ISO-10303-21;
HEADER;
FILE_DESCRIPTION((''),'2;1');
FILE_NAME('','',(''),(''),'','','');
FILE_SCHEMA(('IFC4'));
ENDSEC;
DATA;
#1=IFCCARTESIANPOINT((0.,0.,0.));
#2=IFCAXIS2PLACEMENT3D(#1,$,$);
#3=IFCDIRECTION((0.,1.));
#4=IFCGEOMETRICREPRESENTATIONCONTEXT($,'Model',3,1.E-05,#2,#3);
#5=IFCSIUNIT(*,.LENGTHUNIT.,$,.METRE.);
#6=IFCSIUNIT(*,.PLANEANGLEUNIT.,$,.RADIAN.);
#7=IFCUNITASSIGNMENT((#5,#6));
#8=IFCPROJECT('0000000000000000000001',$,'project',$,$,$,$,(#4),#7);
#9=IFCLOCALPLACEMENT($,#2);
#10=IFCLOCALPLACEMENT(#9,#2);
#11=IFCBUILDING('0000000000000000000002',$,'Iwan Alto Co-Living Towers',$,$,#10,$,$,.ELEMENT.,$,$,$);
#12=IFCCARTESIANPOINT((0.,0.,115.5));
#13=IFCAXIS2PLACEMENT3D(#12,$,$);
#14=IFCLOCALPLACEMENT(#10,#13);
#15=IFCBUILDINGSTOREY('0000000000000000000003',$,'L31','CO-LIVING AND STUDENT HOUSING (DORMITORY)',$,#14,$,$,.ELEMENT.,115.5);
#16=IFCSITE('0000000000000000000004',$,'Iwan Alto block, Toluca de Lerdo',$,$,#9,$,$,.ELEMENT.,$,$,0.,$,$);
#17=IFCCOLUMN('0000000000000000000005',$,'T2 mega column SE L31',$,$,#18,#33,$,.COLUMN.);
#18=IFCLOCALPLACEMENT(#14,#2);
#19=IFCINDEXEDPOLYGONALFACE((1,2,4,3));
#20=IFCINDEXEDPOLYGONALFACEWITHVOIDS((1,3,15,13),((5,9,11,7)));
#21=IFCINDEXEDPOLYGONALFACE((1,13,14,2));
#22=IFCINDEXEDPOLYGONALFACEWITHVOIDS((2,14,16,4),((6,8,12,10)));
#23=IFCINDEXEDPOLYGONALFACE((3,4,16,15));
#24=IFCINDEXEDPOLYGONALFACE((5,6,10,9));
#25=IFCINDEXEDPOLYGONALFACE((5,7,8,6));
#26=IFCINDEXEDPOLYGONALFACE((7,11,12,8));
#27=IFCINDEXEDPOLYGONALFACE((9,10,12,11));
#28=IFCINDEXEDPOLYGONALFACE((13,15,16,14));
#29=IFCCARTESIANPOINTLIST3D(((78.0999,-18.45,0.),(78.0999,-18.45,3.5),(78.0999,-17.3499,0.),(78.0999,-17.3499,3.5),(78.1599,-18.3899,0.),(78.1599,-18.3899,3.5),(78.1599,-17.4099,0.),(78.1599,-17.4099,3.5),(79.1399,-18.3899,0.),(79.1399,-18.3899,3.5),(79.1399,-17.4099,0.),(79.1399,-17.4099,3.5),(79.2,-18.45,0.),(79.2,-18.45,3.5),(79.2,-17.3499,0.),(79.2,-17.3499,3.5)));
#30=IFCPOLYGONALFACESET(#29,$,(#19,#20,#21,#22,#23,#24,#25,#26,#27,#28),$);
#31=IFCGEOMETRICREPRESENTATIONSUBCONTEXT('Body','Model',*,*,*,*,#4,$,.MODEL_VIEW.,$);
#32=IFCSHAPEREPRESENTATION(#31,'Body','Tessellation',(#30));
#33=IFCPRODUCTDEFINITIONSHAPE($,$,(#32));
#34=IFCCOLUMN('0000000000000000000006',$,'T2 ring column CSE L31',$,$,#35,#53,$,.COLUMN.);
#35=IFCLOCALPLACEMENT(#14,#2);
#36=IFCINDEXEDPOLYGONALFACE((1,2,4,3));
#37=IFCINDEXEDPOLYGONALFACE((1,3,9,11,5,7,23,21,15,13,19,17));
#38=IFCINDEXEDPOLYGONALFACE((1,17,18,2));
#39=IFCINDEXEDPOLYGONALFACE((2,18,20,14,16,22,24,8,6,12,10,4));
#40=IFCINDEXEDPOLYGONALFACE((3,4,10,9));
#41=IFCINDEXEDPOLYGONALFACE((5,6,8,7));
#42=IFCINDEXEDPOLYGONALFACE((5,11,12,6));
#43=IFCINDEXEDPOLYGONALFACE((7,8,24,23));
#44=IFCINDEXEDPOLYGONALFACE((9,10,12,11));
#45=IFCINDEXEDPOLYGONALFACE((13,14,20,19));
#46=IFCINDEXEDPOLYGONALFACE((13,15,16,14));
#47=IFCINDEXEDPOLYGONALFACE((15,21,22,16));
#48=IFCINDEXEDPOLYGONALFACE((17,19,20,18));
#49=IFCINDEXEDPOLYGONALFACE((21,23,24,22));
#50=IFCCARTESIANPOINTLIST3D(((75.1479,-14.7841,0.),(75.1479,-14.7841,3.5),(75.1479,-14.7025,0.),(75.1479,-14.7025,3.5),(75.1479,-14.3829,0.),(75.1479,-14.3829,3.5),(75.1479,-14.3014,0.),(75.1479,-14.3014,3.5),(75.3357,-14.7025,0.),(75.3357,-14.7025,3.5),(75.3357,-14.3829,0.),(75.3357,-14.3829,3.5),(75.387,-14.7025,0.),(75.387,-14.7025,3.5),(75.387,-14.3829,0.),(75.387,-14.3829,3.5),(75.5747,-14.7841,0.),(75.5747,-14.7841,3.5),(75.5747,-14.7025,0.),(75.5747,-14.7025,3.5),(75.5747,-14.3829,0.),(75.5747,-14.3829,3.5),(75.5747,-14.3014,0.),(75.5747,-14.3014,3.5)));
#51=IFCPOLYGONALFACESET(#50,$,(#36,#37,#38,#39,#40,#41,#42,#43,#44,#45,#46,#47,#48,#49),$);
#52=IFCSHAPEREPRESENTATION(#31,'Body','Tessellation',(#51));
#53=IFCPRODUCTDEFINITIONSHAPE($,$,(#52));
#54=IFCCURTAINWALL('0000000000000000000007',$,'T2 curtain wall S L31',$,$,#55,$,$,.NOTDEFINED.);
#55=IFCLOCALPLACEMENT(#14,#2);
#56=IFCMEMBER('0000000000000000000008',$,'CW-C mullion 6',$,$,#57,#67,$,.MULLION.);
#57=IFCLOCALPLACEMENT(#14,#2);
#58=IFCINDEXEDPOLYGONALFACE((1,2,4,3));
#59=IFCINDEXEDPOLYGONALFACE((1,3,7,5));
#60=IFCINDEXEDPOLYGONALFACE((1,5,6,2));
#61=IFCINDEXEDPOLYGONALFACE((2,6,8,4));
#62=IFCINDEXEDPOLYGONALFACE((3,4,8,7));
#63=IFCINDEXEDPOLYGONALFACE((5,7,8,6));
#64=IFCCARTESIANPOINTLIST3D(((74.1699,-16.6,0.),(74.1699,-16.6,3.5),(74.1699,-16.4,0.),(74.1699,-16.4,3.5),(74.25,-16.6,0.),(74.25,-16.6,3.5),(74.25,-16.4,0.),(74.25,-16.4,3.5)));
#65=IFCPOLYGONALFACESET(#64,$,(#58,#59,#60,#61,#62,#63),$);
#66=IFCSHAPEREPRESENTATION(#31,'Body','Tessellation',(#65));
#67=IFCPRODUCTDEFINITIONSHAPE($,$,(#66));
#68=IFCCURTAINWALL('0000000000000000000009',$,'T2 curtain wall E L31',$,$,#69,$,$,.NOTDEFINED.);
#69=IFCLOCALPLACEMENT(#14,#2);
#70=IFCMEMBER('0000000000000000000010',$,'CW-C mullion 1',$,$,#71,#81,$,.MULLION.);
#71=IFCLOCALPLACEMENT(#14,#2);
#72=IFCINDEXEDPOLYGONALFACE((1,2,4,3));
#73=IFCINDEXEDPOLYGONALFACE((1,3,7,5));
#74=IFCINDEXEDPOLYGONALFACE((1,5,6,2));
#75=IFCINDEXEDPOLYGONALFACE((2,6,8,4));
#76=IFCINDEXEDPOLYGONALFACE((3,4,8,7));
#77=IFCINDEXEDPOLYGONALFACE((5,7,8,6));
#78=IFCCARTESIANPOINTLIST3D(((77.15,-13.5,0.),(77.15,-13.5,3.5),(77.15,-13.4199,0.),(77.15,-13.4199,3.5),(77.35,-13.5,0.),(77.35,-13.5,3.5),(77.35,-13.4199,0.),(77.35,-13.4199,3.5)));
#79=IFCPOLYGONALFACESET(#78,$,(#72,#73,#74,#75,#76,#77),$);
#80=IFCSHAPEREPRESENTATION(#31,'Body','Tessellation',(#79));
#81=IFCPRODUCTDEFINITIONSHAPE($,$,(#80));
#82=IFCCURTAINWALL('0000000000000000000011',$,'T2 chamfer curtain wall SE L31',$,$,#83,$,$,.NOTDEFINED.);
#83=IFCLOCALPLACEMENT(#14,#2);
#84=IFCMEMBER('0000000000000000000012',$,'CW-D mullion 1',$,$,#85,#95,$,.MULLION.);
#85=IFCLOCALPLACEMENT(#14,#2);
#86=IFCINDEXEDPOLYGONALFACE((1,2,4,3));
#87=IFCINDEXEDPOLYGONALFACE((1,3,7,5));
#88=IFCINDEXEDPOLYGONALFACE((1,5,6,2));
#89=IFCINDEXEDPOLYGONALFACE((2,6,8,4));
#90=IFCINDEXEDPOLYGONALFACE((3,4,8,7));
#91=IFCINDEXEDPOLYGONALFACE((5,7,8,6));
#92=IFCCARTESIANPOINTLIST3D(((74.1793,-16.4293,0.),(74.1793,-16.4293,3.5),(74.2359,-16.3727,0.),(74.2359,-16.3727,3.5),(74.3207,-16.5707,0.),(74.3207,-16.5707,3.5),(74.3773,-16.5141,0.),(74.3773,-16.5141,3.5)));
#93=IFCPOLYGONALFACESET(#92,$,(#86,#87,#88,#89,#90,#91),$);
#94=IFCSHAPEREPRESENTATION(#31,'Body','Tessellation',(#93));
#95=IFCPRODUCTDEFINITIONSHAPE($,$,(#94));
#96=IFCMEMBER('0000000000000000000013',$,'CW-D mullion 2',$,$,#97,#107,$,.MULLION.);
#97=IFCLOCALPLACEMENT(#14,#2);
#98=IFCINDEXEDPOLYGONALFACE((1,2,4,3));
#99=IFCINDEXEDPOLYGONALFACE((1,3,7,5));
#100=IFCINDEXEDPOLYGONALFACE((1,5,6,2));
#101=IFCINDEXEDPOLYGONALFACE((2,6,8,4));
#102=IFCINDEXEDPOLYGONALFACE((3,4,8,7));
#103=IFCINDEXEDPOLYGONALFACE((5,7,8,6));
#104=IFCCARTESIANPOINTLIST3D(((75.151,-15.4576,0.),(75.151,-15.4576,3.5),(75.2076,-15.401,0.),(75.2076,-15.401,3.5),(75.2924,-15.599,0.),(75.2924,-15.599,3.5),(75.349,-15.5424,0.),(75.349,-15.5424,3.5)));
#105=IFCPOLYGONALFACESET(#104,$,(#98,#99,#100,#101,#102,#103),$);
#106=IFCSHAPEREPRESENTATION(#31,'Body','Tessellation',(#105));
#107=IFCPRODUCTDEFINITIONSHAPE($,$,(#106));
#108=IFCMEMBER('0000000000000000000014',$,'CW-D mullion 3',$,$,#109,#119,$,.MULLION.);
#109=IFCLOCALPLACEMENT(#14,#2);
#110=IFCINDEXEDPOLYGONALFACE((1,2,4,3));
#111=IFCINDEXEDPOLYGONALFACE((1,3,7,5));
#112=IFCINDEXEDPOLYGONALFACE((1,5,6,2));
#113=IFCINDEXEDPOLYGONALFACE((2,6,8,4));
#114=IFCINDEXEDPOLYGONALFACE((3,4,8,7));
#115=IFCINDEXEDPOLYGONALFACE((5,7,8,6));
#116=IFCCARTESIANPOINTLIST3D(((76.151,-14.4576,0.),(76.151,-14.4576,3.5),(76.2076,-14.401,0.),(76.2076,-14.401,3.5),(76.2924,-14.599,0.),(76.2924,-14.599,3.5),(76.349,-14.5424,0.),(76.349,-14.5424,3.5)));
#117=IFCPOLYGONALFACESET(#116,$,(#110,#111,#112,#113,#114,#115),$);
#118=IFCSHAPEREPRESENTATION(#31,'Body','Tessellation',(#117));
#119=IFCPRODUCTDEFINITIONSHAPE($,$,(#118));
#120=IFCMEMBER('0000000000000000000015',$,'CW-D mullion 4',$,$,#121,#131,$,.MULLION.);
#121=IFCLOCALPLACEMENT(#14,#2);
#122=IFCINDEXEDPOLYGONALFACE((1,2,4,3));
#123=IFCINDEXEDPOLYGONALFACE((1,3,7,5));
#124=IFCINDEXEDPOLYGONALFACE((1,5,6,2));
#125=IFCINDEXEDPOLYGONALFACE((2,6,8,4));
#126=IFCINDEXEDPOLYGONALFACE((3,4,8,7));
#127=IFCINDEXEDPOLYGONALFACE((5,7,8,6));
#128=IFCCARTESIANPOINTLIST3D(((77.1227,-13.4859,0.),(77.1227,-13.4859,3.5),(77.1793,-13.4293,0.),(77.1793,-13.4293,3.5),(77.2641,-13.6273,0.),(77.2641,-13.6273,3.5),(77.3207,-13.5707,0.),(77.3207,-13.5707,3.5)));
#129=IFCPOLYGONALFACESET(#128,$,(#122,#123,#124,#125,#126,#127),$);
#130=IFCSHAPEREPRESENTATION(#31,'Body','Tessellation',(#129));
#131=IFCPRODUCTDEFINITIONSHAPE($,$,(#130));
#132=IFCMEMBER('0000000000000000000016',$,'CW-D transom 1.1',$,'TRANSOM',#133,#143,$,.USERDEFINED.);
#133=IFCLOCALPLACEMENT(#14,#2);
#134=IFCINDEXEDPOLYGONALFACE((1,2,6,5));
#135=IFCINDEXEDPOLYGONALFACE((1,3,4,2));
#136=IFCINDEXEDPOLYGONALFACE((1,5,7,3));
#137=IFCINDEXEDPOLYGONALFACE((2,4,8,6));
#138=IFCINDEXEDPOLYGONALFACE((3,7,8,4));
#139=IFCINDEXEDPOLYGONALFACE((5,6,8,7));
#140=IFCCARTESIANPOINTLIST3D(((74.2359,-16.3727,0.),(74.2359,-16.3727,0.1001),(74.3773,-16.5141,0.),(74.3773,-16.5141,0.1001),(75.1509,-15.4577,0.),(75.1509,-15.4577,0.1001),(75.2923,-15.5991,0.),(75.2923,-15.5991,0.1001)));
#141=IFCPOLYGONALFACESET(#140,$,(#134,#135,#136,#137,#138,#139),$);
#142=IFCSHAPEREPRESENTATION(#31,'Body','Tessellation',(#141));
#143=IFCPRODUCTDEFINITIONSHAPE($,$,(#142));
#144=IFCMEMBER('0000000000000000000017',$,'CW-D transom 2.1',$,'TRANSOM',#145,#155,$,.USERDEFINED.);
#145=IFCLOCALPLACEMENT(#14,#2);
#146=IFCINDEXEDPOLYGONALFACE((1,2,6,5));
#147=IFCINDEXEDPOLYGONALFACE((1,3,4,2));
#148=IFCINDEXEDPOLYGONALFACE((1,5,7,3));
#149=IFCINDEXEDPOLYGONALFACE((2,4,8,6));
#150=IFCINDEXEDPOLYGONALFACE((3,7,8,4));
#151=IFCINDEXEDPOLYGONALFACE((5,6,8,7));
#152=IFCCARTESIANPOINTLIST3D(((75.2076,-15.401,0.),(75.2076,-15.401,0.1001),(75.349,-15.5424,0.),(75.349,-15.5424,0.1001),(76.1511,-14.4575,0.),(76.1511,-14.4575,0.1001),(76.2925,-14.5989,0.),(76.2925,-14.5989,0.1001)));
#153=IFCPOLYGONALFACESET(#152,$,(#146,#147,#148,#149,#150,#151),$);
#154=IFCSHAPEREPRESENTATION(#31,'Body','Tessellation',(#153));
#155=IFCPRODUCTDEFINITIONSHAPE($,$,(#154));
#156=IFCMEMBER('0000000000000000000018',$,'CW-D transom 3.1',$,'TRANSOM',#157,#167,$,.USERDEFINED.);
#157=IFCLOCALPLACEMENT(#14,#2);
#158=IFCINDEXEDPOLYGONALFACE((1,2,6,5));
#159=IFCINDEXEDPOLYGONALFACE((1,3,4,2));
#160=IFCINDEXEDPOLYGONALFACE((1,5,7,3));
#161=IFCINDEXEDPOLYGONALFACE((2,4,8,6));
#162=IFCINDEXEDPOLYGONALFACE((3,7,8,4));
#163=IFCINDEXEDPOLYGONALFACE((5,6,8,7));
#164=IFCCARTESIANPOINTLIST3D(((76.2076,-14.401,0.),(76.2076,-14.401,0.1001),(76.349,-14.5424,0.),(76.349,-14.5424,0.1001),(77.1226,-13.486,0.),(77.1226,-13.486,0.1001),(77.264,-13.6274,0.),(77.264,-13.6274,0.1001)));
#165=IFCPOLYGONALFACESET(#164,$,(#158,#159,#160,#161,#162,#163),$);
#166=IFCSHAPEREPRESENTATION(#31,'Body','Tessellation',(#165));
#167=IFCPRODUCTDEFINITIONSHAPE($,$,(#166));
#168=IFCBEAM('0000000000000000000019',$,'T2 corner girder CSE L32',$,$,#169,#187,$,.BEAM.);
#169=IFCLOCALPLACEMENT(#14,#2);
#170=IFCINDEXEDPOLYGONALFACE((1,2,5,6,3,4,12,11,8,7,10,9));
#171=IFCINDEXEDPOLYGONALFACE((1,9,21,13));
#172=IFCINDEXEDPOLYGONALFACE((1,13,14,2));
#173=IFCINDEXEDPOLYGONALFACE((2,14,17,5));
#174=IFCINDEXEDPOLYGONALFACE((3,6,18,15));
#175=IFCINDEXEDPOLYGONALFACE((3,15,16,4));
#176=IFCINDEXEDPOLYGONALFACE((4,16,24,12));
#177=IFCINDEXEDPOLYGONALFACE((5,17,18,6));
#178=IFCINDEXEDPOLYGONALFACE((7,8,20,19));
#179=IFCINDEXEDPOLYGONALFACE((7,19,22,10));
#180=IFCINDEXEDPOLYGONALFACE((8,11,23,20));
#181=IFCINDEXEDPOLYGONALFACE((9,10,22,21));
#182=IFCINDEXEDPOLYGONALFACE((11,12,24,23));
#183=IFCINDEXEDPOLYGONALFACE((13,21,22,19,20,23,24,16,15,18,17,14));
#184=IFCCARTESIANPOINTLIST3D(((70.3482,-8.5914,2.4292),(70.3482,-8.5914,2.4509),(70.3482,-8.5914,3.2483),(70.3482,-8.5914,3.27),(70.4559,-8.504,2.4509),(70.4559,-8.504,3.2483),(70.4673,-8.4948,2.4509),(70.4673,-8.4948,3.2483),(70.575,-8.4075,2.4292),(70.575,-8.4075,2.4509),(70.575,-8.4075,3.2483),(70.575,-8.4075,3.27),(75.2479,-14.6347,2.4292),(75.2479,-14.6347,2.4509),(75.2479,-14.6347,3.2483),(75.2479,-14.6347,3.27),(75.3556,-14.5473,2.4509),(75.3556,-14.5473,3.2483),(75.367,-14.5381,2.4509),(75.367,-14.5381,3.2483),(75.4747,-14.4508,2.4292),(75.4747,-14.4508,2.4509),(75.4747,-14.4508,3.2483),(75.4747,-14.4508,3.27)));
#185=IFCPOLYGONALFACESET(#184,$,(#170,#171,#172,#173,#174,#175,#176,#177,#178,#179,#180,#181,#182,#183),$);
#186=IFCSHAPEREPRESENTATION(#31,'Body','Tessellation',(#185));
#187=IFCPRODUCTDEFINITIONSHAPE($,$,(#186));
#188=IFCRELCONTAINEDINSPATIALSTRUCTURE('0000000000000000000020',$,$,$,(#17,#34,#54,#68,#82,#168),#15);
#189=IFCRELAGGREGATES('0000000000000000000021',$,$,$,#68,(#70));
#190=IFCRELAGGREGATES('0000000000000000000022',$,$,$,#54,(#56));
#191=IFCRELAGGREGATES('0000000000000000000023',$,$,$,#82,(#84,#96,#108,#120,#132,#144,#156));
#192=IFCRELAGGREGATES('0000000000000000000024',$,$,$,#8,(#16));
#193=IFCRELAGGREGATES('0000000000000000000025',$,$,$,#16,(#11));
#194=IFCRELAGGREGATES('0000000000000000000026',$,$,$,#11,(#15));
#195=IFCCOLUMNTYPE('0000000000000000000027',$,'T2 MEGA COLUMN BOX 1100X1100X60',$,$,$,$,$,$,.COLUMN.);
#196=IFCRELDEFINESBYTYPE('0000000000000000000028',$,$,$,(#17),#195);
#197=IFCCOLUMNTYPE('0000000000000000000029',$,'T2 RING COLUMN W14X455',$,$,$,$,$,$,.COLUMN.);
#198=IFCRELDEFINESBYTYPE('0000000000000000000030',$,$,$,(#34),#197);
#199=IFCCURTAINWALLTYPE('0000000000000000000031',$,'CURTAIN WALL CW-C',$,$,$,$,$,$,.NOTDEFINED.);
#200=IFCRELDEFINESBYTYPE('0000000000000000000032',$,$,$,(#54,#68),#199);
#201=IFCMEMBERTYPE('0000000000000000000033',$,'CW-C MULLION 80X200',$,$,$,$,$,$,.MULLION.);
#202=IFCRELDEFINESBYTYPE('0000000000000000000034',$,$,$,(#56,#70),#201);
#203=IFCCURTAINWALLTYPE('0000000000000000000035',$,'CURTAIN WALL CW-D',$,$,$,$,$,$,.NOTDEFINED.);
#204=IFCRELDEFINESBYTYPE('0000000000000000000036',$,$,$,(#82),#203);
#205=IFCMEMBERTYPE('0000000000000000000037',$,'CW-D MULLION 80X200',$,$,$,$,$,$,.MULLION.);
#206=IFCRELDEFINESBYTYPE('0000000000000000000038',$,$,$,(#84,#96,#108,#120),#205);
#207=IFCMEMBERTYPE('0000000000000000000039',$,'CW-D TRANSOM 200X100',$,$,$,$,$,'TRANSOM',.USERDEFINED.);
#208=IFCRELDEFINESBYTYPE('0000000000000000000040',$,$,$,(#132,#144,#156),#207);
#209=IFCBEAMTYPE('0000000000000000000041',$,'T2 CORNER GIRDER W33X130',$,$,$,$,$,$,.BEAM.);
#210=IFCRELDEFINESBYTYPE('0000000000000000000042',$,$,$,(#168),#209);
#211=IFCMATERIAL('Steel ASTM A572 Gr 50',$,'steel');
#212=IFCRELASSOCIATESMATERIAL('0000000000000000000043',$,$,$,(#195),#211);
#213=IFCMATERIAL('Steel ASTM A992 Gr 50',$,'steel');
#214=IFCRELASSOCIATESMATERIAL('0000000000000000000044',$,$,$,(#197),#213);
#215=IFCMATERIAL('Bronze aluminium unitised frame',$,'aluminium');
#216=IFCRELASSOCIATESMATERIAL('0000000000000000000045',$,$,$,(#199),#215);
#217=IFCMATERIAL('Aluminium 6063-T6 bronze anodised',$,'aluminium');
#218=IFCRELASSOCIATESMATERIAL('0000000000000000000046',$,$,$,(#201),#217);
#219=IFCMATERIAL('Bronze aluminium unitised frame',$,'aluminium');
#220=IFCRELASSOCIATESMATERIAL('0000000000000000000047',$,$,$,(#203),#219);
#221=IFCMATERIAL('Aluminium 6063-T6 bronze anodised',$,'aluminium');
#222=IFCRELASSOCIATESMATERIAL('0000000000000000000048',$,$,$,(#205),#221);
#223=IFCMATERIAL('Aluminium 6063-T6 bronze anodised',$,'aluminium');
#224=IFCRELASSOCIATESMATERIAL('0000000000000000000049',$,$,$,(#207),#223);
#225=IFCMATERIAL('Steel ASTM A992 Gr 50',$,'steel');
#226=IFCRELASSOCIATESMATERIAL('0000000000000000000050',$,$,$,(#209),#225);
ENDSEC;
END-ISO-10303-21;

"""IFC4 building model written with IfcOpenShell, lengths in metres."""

from ifc_helpers import new_model, si_unit, direction, frame, origin, origin_2d, place, context, subcontext, project, spatial, rectangle, hollow_rectangle, i_section, extrude, material, material_profile, profile_set, type_object, element, aggregate, save


model = new_model("IFC4")

# Units and contexts
model_context = context("Model", 3, precision=1e-05, world=origin(), true_north=direction((0.0, 1.0)))
body_context = subcontext(model_context, "Body", "Model", "MODEL_VIEW")
ifc_project = project(units=[si_unit("LENGTHUNIT", "METRE"), si_unit("PLANEANGLEUNIT", "RADIAN")], contexts=[model_context])

# Site, building, storey
site_placement = place(None, origin())
site = spatial("IfcSite", under=ifc_project, at=site_placement, Name="Iwan Alto block, Toluca de Lerdo", CompositionType="ELEMENT", RefElevation=0.0)
building_placement = place(site_placement, origin())
building = spatial("IfcBuilding", under=site, at=building_placement, Name="Iwan Alto Co-Living Towers", CompositionType="ELEMENT")
storey_placement = place(building_placement, frame((0.0, 0.0, 115.5)))
storey = spatial("IfcBuildingStorey", under=building, at=storey_placement, Name="L31", Description="CO-LIVING AND STUDENT HOUSING (DORMITORY)", CompositionType="ELEMENT", Elevation=115.5)

# Columns
ifc_material_1 = material(Name="Steel ASTM A572 Gr 50", Category="steel")
ifc_material_profile_1 = material_profile(ifc_material_1, hollow_rectangle(XDim=1.1001, YDim=1.1001, WallThickness=0.0601, at=origin_2d()), Name="BOX 1100X1100X60")
ifc_profile_set_1 = profile_set([ifc_material_profile_1], Name="Steel ASTM A572 Gr 50")
column_type_1 = type_object("IfcColumnType", Name="T2 MEGA COLUMN BOX 1100X1100X60", PredefinedType="COLUMN", material=ifc_profile_set_1)
column_1_placement = place(storey_placement, frame((78.6499, -17.8999, 0.0), z_axis=(0.0, 0.0, 1.0), x_axis=(1.0, 0.0, 0.0)))
element("IfcColumn", 1, at=column_1_placement, inside=storey, type_object=column_type_1, Name="T2 mega column SE L31", PredefinedType="COLUMN", context=body_context, shape_type="SweptSolid", body=[
    extrude(hollow_rectangle(XDim=1.1001, YDim=1.1001, WallThickness=0.0601, at=origin_2d()), origin(), (0.0, 0.0, 1.0), 3.5),
])
ifc_material_2 = material(Name="Steel ASTM A992 Gr 50", Category="steel")
ifc_material_profile_2 = material_profile(ifc_material_2, i_section(OverallWidth=0.4268, OverallDepth=0.4827, WebThickness=0.0513, FlangeThickness=0.0815, at=origin_2d()), Name="W14X455")
ifc_profile_set_2 = profile_set([ifc_material_profile_2], Name="Steel ASTM A992 Gr 50")
column_type_2 = type_object("IfcColumnType", Name="T2 RING COLUMN W14X455", PredefinedType="COLUMN", material=ifc_profile_set_2)
column_2_placement = place(storey_placement, frame((75.3613, -14.5427, 0.0), z_axis=(0.0, 0.0, 1.0), x_axis=(1.0, 0.0, 0.0)))
element("IfcColumn", 2, at=column_2_placement, inside=storey, type_object=column_type_2, Name="T2 ring column CSE L31", PredefinedType="COLUMN", context=body_context, shape_type="SweptSolid", body=[
    extrude(i_section(OverallWidth=0.4268, OverallDepth=0.4827, WebThickness=0.0513, FlangeThickness=0.0815, at=origin_2d()), origin(), (0.0, 0.0, 1.0), 3.5),
])

# Curtain walls, members
ifc_material_3 = material(Name="Bronze aluminium unitised frame", Category="aluminium")
curtain_wall_type_1 = type_object("IfcCurtainWallType", Name="CURTAIN WALL CW-C", PredefinedType="NOTDEFINED", material=ifc_material_3)
curtain_wall_1_placement = place(storey_placement, origin())
curtain_wall_1 = element("IfcCurtainWall", 3, at=curtain_wall_1_placement, inside=storey, type_object=curtain_wall_type_1, Name="T2 curtain wall S L31", PredefinedType="NOTDEFINED")
ifc_material_4 = material(Name="Aluminium 6063-T6 bronze anodised", Category="aluminium")
ifc_material_profile_3 = material_profile(ifc_material_4, rectangle(XDim=0.2, YDim=0.0801, at=origin_2d()), Name="AL 80X200")
ifc_profile_set_3 = profile_set([ifc_material_profile_3], Name="Aluminium 6063-T6 bronze anodised")
member_type_1 = type_object("IfcMemberType", Name="CW-C MULLION 80X200", PredefinedType="MULLION", material=ifc_profile_set_3)
member_1_placement = place(storey_placement, frame((74.21, -16.5, 0.0), z_axis=(0.0, 0.0, 1.0), x_axis=(0.0, 1.0, 0.0)))
member_1 = element("IfcMember", 4, at=member_1_placement, type_object=member_type_1, Name="CW-C mullion 6", PredefinedType="MULLION", context=body_context, shape_type="SweptSolid", body=[
    extrude(rectangle(XDim=0.2, YDim=0.0801, at=origin_2d()), origin(), (0.0, 0.0, 1.0), 3.5),
])
curtain_wall_2_placement = place(storey_placement, origin())
curtain_wall_2 = element("IfcCurtainWall", 5, at=curtain_wall_2_placement, inside=storey, type_object=curtain_wall_type_1, Name="T2 curtain wall E L31", PredefinedType="NOTDEFINED")
member_2_placement = place(storey_placement, frame((77.25, -13.46, 0.0), z_axis=(0.0, 0.0, 1.0), x_axis=(-1.0, 0.0, 0.0)))
member_2 = element("IfcMember", 6, at=member_2_placement, type_object=member_type_1, Name="CW-C mullion 1", PredefinedType="MULLION", context=body_context, shape_type="SweptSolid", body=[
    extrude(rectangle(XDim=0.2, YDim=0.0801, at=origin_2d()), origin(), (0.0, 0.0, 1.0), 3.5),
])
aggregate(curtain_wall_2, [member_2])

# Curtain wall, members
ifc_material_5 = material(Name="Bronze aluminium unitised frame", Category="aluminium")
curtain_wall_type_2 = type_object("IfcCurtainWallType", Name="CURTAIN WALL CW-D", PredefinedType="NOTDEFINED", material=ifc_material_5)
curtain_wall_3_placement = place(storey_placement, origin())
curtain_wall_3 = element("IfcCurtainWall", 7, at=curtain_wall_3_placement, inside=storey, type_object=curtain_wall_type_2, Name="T2 chamfer curtain wall SE L31", PredefinedType="NOTDEFINED")
ifc_material_6 = material(Name="Aluminium 6063-T6 bronze anodised", Category="aluminium")
ifc_material_profile_4 = material_profile(ifc_material_6, rectangle(XDim=0.2, YDim=0.0801, at=origin_2d()), Name="AL 80X200")
ifc_profile_set_4 = profile_set([ifc_material_profile_4], Name="Aluminium 6063-T6 bronze anodised")
member_type_2 = type_object("IfcMemberType", Name="CW-D MULLION 80X200", PredefinedType="MULLION", material=ifc_profile_set_4)
member_3_placement = place(storey_placement, frame((74.2783, -16.4717, 0.0), z_axis=(0.0, 0.0, 1.0), x_axis=(-0.707107, 0.707107, 0.0)))
member_3 = element("IfcMember", 8, at=member_3_placement, type_object=member_type_2, Name="CW-D mullion 1", PredefinedType="MULLION", context=body_context, shape_type="SweptSolid", body=[
    extrude(rectangle(XDim=0.2, YDim=0.0801, at=origin_2d()), origin(), (0.0, 0.0, 1.0), 3.5),
])
member_4_placement = place(storey_placement, frame((75.25, -15.5, 0.0), z_axis=(0.0, 0.0, 1.0), x_axis=(-0.707107, 0.707107, 0.0)))
member_4 = element("IfcMember", 9, at=member_4_placement, type_object=member_type_2, Name="CW-D mullion 2", PredefinedType="MULLION", context=body_context, shape_type="SweptSolid", body=[
    extrude(rectangle(XDim=0.2, YDim=0.0801, at=origin_2d()), origin(), (0.0, 0.0, 1.0), 3.5),
])
member_5_placement = place(storey_placement, frame((76.25, -14.5, 0.0), z_axis=(0.0, 0.0, 1.0), x_axis=(-0.707107, 0.707107, 0.0)))
member_5 = element("IfcMember", 10, at=member_5_placement, type_object=member_type_2, Name="CW-D mullion 3", PredefinedType="MULLION", context=body_context, shape_type="SweptSolid", body=[
    extrude(rectangle(XDim=0.2, YDim=0.0801, at=origin_2d()), origin(), (0.0, 0.0, 1.0), 3.5),
])
member_6_placement = place(storey_placement, frame((77.2217, -13.5283, 0.0), z_axis=(0.0, 0.0, 1.0), x_axis=(-0.707107, 0.707107, 0.0)))
member_6 = element("IfcMember", 11, at=member_6_placement, type_object=member_type_2, Name="CW-D mullion 4", PredefinedType="MULLION", context=body_context, shape_type="SweptSolid", body=[
    extrude(rectangle(XDim=0.2, YDim=0.0801, at=origin_2d()), origin(), (0.0, 0.0, 1.0), 3.5),
])
ifc_material_7 = material(Name="Aluminium 6063-T6 bronze anodised", Category="aluminium")
ifc_material_profile_5 = material_profile(ifc_material_7, rectangle(XDim=0.2, YDim=0.1001, at=origin_2d()), Name="AL 200X100")
ifc_profile_set_5 = profile_set([ifc_material_profile_5], Name="Aluminium 6063-T6 bronze anodised")
member_type_3 = type_object("IfcMemberType", Name="CW-D TRANSOM 200X100", ElementType="TRANSOM", PredefinedType="USERDEFINED", material=ifc_profile_set_5)
member_7_placement = place(storey_placement, frame((74.3066, -16.4434, 0.05), z_axis=(0.707107, 0.707107, 0.0), x_axis=(-0.707107, 0.707107, 0.0)))
member_7 = element("IfcMember", 12, at=member_7_placement, type_object=member_type_3, Name="CW-D transom 1.1", ObjectType="TRANSOM", PredefinedType="USERDEFINED", context=body_context, shape_type="SweptSolid", body=[
    extrude(rectangle(XDim=0.2, YDim=0.1001, at=origin_2d()), origin(), (0.0, 0.0, 1.0), 1.2939),
])
member_8_placement = place(storey_placement, frame((75.2783, -15.4717, 0.05), z_axis=(0.707107, 0.707107, 0.0), x_axis=(-0.707107, 0.707107, 0.0)))
member_8 = element("IfcMember", 13, at=member_8_placement, type_object=member_type_3, Name="CW-D transom 2.1", ObjectType="TRANSOM", PredefinedType="USERDEFINED", context=body_context, shape_type="SweptSolid", body=[
    extrude(rectangle(XDim=0.2, YDim=0.1001, at=origin_2d()), origin(), (0.0, 0.0, 1.0), 1.3342),
])
member_9_placement = place(storey_placement, frame((76.2783, -14.4717, 0.05), z_axis=(0.707107, 0.707107, 0.0), x_axis=(-0.707107, 0.707107, 0.0)))
member_9 = element("IfcMember", 14, at=member_9_placement, type_object=member_type_3, Name="CW-D transom 3.1", ObjectType="TRANSOM", PredefinedType="USERDEFINED", context=body_context, shape_type="SweptSolid", body=[
    extrude(rectangle(XDim=0.2, YDim=0.1001, at=origin_2d()), origin(), (0.0, 0.0, 1.0), 1.2939),
])

# Beam
ifc_material_8 = material(Name="Steel ASTM A992 Gr 50", Category="steel")
ifc_material_profile_6 = material_profile(ifc_material_8, i_section(OverallWidth=0.292, OverallDepth=0.8408, WebThickness=0.0146, FlangeThickness=0.0217, at=origin_2d()), Name="W33X130")
ifc_profile_set_6 = profile_set([ifc_material_profile_6], Name="Steel ASTM A992 Gr 50")
beam_type_1 = type_object("IfcBeamType", Name="T2 CORNER GIRDER W33X130", PredefinedType="BEAM", material=ifc_profile_set_6)
beam_1_placement = place(storey_placement, frame((75.3613, -14.5427, 2.8496), z_axis=(-0.629783, 0.776771, 0.0), x_axis=(-0.776771, -0.629783, 0.0)))
element("IfcBeam", 15, at=beam_1_placement, inside=storey, type_object=beam_type_1, Name="T2 corner girder CSE L32", PredefinedType="BEAM", context=body_context, shape_type="SweptSolid", body=[
    extrude(i_section(OverallWidth=0.292, OverallDepth=0.8408, WebThickness=0.0146, FlangeThickness=0.0217, at=origin_2d()), origin(), (0.0, 0.0, 1.0), 7.78),
])

aggregate(curtain_wall_1, [member_1])
aggregate(curtain_wall_3, [member_3, member_4, member_5, member_6, member_7, member_8, member_9])

save(model, "model.ifc")
